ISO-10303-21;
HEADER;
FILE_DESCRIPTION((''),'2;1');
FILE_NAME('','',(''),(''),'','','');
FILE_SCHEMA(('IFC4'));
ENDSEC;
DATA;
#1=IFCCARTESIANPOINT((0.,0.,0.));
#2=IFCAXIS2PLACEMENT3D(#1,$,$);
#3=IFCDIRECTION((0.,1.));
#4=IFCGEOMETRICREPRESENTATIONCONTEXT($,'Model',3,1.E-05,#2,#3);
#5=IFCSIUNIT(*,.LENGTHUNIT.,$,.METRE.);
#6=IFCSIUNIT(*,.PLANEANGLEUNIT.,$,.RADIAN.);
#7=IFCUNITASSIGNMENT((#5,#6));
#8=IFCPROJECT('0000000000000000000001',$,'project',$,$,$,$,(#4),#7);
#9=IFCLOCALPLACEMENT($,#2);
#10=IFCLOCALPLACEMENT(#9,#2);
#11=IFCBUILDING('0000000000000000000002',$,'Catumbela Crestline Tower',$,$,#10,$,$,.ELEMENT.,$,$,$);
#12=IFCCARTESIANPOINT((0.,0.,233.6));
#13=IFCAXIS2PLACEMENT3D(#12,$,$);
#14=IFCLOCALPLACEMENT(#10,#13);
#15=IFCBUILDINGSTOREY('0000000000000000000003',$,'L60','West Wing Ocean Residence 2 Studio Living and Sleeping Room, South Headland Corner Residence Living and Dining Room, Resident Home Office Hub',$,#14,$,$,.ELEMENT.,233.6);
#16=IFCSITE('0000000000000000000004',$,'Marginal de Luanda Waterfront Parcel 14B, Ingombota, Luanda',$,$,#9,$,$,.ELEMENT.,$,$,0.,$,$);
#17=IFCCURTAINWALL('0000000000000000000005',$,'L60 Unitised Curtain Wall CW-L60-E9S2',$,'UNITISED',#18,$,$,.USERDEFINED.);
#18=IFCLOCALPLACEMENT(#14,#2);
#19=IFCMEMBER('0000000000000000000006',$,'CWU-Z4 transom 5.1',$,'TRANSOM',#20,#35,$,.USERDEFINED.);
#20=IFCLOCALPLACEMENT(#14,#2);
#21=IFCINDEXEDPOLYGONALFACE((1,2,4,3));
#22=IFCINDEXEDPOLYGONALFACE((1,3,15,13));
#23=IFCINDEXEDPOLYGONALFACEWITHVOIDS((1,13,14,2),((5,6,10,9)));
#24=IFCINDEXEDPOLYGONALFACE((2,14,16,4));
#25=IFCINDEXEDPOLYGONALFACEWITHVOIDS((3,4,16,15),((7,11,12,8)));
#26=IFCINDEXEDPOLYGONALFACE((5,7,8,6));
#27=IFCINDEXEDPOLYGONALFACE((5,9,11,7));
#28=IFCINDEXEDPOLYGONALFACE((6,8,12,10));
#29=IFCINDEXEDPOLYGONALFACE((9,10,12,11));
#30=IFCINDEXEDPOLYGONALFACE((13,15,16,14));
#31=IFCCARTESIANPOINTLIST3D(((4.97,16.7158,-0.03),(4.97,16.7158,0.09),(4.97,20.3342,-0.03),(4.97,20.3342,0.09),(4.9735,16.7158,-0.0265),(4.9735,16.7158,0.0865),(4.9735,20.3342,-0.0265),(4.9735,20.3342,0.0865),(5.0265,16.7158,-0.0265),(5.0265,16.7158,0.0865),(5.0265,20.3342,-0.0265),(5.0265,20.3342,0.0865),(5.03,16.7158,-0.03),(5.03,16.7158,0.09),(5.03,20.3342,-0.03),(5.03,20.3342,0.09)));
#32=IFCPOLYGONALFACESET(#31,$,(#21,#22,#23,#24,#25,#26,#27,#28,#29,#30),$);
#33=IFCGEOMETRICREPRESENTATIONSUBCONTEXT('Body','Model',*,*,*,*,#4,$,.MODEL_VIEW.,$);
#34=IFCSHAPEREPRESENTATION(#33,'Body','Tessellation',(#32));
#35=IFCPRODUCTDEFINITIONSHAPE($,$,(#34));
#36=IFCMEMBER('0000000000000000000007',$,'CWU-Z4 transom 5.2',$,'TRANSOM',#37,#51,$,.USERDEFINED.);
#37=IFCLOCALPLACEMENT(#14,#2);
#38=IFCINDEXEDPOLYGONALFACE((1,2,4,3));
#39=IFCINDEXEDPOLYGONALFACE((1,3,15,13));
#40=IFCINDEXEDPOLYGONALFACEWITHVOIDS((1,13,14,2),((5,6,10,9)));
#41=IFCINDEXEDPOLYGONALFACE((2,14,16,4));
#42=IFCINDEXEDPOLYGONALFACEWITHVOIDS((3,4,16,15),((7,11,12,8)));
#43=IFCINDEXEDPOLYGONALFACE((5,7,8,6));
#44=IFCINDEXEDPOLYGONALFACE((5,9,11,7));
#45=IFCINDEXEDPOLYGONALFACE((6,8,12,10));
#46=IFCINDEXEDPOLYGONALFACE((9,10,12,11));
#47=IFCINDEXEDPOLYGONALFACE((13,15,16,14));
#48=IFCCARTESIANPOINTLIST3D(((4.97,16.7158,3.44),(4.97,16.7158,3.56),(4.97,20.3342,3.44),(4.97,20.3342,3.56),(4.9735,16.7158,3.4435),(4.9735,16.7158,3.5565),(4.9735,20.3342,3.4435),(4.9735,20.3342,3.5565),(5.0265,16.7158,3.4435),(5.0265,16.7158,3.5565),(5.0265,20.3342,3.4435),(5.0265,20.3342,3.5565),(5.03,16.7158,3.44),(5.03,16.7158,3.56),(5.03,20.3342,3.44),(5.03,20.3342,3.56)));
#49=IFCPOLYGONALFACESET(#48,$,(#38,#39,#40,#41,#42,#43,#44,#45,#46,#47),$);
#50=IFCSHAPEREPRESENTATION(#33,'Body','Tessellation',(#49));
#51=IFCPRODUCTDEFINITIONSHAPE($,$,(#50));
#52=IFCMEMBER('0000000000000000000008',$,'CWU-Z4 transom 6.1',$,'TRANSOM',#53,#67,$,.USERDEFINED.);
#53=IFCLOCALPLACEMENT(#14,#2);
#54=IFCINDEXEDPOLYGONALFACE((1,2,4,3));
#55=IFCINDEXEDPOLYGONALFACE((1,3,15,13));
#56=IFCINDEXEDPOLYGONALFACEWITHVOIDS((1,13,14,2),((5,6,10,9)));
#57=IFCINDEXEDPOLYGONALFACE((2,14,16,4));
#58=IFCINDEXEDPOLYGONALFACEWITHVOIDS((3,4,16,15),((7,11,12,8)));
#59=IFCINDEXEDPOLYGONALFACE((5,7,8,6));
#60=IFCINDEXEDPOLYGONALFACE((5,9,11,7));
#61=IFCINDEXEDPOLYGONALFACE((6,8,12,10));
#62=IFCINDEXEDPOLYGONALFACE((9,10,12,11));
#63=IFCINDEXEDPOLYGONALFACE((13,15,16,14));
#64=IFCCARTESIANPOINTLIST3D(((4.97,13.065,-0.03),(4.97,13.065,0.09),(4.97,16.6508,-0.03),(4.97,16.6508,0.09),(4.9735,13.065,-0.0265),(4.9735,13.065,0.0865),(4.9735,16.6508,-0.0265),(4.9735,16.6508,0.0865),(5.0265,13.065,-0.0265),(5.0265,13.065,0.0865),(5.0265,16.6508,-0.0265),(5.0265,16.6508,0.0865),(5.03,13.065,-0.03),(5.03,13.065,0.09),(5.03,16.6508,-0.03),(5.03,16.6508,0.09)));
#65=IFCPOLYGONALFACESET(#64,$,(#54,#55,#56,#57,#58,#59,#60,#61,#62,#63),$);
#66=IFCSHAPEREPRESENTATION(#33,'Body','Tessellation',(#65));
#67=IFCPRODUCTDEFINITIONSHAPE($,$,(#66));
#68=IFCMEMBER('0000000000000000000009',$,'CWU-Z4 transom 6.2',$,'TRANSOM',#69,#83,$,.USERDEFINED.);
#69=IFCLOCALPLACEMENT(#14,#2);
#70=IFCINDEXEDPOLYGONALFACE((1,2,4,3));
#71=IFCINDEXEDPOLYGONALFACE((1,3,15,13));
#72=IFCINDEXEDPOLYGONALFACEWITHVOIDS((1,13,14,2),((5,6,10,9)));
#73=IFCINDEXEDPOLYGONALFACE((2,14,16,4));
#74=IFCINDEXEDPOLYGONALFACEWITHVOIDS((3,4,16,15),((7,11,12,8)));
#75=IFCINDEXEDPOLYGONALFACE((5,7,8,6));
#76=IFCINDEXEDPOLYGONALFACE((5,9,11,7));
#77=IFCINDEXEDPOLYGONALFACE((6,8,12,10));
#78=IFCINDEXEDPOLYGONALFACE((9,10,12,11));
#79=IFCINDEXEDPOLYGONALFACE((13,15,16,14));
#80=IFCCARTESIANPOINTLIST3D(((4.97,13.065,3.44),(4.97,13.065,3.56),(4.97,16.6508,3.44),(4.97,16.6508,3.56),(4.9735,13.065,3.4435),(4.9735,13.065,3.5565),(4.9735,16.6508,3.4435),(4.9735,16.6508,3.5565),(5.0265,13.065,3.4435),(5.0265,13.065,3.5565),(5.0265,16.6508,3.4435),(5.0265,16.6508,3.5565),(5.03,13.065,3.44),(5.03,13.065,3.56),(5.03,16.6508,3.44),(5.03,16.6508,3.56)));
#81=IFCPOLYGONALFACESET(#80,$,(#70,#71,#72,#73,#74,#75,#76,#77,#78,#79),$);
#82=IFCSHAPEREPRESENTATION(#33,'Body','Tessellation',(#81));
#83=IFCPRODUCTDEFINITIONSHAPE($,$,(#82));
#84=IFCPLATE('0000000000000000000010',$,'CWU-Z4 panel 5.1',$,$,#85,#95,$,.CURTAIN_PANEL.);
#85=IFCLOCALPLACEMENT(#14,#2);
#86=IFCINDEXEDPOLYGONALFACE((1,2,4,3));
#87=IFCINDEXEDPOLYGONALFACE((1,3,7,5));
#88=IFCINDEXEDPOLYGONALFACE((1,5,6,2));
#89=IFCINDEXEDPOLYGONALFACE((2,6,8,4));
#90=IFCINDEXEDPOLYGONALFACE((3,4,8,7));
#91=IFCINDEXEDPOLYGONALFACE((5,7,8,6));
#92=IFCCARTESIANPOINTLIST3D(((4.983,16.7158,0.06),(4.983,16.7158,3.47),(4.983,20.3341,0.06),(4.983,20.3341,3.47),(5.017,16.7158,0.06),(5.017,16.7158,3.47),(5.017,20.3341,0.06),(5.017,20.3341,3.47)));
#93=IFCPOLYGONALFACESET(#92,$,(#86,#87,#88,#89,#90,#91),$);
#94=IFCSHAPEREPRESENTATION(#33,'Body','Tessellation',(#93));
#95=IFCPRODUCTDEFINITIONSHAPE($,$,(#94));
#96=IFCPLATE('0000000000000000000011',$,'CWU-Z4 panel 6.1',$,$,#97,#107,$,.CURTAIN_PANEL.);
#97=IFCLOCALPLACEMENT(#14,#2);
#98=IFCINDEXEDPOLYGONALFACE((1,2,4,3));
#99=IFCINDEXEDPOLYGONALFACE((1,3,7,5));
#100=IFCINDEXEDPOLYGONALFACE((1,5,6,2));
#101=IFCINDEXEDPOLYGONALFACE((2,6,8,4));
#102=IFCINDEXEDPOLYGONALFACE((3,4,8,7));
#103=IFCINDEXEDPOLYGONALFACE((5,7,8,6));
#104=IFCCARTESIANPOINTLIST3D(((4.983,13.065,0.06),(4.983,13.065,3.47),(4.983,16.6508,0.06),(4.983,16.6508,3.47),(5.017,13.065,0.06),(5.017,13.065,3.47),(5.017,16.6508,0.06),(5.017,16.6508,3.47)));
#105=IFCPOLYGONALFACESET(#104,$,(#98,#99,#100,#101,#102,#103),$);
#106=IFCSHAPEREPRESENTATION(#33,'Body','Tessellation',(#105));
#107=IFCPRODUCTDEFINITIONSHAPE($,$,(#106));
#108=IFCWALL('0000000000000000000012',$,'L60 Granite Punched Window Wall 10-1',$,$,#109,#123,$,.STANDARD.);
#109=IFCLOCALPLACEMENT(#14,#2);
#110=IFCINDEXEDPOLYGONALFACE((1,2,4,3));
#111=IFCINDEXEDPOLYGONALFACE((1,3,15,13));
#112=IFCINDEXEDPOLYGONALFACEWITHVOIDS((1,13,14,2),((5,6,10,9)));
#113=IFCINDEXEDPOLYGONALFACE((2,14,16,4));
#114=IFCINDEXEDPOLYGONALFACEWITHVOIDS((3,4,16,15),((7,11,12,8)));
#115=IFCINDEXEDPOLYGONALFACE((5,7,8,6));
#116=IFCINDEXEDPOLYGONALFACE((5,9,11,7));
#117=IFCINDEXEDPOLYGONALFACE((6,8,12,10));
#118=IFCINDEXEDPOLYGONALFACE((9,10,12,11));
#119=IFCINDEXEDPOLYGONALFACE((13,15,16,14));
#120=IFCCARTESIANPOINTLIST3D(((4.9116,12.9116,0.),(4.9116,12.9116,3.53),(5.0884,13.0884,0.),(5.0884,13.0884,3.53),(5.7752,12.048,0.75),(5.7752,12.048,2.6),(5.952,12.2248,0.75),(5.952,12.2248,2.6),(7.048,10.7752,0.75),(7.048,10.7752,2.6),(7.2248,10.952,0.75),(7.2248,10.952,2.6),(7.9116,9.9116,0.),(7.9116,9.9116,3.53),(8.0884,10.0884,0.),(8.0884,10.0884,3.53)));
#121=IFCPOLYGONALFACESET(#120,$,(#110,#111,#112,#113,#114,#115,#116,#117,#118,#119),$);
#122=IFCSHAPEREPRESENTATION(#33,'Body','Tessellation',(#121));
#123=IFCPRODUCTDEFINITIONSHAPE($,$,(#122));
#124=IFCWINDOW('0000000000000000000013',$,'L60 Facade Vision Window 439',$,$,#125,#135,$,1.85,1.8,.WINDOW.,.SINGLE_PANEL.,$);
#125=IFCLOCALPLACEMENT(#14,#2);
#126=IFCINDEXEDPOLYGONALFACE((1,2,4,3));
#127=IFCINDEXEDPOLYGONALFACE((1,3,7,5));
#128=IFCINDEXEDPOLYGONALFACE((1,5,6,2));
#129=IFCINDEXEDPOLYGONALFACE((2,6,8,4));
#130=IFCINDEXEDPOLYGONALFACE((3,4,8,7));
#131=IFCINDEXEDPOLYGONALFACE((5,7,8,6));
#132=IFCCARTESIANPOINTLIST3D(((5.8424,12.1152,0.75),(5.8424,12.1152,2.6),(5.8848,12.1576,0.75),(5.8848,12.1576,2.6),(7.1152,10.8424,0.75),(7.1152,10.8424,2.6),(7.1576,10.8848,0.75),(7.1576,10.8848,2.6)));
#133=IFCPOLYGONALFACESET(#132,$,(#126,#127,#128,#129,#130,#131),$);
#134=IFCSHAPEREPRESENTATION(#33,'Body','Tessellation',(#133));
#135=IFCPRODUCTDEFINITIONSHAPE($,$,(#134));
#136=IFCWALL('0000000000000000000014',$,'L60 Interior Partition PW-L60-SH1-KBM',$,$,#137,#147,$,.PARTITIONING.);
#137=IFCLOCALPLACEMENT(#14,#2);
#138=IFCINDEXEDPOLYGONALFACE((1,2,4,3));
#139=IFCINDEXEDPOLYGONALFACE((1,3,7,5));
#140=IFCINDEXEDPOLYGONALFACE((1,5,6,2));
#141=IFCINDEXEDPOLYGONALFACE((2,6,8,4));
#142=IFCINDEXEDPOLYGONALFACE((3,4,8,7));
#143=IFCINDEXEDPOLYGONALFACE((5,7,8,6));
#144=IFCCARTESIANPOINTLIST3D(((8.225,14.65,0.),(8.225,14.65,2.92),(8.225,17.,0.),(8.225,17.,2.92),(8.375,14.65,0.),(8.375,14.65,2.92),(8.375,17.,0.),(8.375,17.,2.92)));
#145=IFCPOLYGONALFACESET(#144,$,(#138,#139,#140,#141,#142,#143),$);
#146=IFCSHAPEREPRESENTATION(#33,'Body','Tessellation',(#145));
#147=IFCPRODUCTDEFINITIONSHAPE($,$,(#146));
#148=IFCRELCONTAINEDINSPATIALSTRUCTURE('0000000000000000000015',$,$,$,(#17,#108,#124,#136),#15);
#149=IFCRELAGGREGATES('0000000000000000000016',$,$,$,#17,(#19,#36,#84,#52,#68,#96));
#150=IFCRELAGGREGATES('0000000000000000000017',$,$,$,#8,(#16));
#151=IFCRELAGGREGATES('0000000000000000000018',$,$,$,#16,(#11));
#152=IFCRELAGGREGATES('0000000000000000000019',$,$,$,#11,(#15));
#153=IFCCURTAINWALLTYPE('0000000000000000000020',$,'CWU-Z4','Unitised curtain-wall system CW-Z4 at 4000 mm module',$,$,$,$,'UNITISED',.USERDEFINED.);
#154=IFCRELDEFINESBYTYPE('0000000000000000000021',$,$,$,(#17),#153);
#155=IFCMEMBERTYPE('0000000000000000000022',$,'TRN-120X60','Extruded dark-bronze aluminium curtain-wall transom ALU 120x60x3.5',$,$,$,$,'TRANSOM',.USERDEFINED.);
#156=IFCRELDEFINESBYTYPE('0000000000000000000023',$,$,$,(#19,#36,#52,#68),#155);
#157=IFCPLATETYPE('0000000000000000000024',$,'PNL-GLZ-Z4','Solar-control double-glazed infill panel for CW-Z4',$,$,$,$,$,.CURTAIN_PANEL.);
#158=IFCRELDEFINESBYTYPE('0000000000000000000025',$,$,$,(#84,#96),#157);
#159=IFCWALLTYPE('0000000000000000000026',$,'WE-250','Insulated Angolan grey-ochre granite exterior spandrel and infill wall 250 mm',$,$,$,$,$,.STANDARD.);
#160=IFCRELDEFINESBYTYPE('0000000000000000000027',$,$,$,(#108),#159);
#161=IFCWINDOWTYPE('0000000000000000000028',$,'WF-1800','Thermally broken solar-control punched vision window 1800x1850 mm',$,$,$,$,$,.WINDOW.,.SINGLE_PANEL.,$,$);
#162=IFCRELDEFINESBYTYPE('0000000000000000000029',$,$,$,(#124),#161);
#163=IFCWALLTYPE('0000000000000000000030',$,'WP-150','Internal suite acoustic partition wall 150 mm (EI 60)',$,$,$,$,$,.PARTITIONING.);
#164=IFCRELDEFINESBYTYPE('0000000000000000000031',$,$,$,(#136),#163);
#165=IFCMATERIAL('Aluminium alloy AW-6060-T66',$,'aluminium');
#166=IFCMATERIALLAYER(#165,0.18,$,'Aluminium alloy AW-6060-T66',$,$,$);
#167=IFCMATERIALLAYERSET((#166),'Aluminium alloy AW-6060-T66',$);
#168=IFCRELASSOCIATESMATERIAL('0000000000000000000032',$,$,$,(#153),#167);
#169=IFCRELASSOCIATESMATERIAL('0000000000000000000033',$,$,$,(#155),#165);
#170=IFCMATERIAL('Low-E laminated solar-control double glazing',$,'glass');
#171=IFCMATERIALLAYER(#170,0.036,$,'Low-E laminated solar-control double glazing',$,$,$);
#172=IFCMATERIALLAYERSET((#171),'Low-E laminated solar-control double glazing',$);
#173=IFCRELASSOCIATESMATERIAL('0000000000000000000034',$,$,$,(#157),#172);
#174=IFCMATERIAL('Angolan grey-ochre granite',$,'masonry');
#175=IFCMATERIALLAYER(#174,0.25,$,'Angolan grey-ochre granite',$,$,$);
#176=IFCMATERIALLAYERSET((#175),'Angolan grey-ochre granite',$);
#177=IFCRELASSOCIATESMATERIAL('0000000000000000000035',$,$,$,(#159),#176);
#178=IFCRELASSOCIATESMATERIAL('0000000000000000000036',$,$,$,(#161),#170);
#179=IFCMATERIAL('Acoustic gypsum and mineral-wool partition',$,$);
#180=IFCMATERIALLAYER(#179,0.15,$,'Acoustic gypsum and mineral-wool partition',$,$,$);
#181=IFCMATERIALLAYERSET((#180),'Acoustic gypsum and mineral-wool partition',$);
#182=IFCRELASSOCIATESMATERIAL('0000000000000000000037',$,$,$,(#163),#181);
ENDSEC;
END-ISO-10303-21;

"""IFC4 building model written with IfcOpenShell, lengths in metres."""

from ifc_helpers import new_model, si_unit, direction, frame, frame_2d, origin, origin_2d, place, context, subcontext, project, spatial, rectangle, hollow_rectangle, extrude, material, layer, layer_set, material_profile, profile_set, type_object, element, fill, aggregate, save


model = new_model("IFC4")

# Units and contexts
model_context = context("Model", 3, precision=1e-05, world=origin(), true_north=direction((0.0, 1.0)))
body_context = subcontext(model_context, "Body", "Model", "MODEL_VIEW")
ifc_project = project(units=[si_unit("LENGTHUNIT", "METRE"), si_unit("PLANEANGLEUNIT", "RADIAN")], contexts=[model_context])

# Site, building, storey
site_placement = place(None, origin())
site = spatial("IfcSite", under=ifc_project, at=site_placement, Name="Marginal de Luanda Waterfront Parcel 14B, Ingombota, Luanda", CompositionType="ELEMENT", RefElevation=0.0)
building_placement = place(site_placement, origin())
building = spatial("IfcBuilding", under=site, at=building_placement, Name="Catumbela Crestline Tower", CompositionType="ELEMENT")
storey_placement = place(building_placement, frame((0.0, 0.0, 233.6)))
storey = spatial("IfcBuildingStorey", under=building, at=storey_placement, Name="L60", Description="West Wing Ocean Residence 2 Studio Living and Sleeping Room, South Headland Corner Residence Living and Dining Room, Resident Home Office Hub", CompositionType="ELEMENT", Elevation=233.6)

# Curtain wall, members, plates
ifc_material_1 = material(Name="Aluminium alloy AW-6060-T66", Category="aluminium")
ifc_layer_1 = layer(ifc_material_1, 0.18, Name="Aluminium alloy AW-6060-T66")
ifc_layer_set_1 = layer_set([ifc_layer_1], Name="Aluminium alloy AW-6060-T66")
curtain_wall_type = type_object("IfcCurtainWallType", Name="CWU-Z4", Description="Unitised curtain-wall system CW-Z4 at 4000 mm module", ElementType="UNITISED", PredefinedType="USERDEFINED", material=ifc_layer_set_1)
curtain_wall_placement = place(storey_placement, origin())
curtain_wall = element("IfcCurtainWall", 1, at=curtain_wall_placement, inside=storey, type_object=curtain_wall_type, Name="L60 Unitised Curtain Wall CW-L60-E9S2", ObjectType="UNITISED", PredefinedType="USERDEFINED")
ifc_material_profile_1 = material_profile(ifc_material_1, hollow_rectangle(XDim=0.06, YDim=0.12, WallThickness=0.0035, at=origin_2d()), Name="ALU 120x60x3.5")
ifc_profile_set_1 = profile_set([ifc_material_profile_1], Name="Aluminium alloy AW-6060-T66")
member_type_1 = type_object("IfcMemberType", Name="TRN-120X60", Description="Extruded dark-bronze aluminium curtain-wall transom ALU 120x60x3.5", ElementType="TRANSOM", PredefinedType="USERDEFINED", material=ifc_profile_set_1)
member_1_placement = place(storey_placement, frame((5.0, 20.3342, 0.03), z_axis=(0.0, -1.0, 0.0), x_axis=(1.0, 0.0, 0.0)))
member_1 = element("IfcMember", 2, at=member_1_placement, type_object=member_type_1, Name="CWU-Z4 transom 5.1", ObjectType="TRANSOM", PredefinedType="USERDEFINED", context=body_context, shape_type="SweptSolid", body=[
    extrude(hollow_rectangle(XDim=0.06, YDim=0.12, WallThickness=0.0035, at=origin_2d()), origin(), (0.0, 0.0, 1.0), 3.6184),
])
member_2_placement = place(storey_placement, frame((5.0, 20.3342, 3.5), z_axis=(0.0, -1.0, 0.0), x_axis=(1.0, 0.0, 0.0)))
member_2 = element("IfcMember", 3, at=member_2_placement, type_object=member_type_1, Name="CWU-Z4 transom 5.2", ObjectType="TRANSOM", PredefinedType="USERDEFINED", context=body_context, shape_type="SweptSolid", body=[
    extrude(hollow_rectangle(XDim=0.06, YDim=0.12, WallThickness=0.0035, at=origin_2d()), origin(), (0.0, 0.0, 1.0), 3.6184),
])
member_3_placement = place(storey_placement, frame((5.0, 16.6508, 0.03), z_axis=(0.0, -1.0, 0.0), x_axis=(1.0, 0.0, 0.0)))
member_3 = element("IfcMember", 4, at=member_3_placement, type_object=member_type_1, Name="CWU-Z4 transom 6.1", ObjectType="TRANSOM", PredefinedType="USERDEFINED", context=body_context, shape_type="SweptSolid", body=[
    extrude(hollow_rectangle(XDim=0.06, YDim=0.12, WallThickness=0.0035, at=origin_2d()), origin(), (0.0, 0.0, 1.0), 3.5858),
])
member_4_placement = place(storey_placement, frame((5.0, 16.6508, 3.5), z_axis=(0.0, -1.0, 0.0), x_axis=(1.0, 0.0, 0.0)))
member_4 = element("IfcMember", 5, at=member_4_placement, type_object=member_type_1, Name="CWU-Z4 transom 6.2", ObjectType="TRANSOM", PredefinedType="USERDEFINED", context=body_context, shape_type="SweptSolid", body=[
    extrude(hollow_rectangle(XDim=0.06, YDim=0.12, WallThickness=0.0035, at=origin_2d()), origin(), (0.0, 0.0, 1.0), 3.5858),
])
ifc_material_2 = material(Name="Low-E laminated solar-control double glazing", Category="glass")
ifc_layer_2 = layer(ifc_material_2, 0.036, Name="Low-E laminated solar-control double glazing")
ifc_layer_set_2 = layer_set([ifc_layer_2], Name="Low-E laminated solar-control double glazing")
plate_type = type_object("IfcPlateType", Name="PNL-GLZ-Z4", Description="Solar-control double-glazed infill panel for CW-Z4", PredefinedType="CURTAIN_PANEL", material=ifc_layer_set_2)
plate_1_placement = place(storey_placement, frame((5.0, 18.525, 0.06), z_axis=(0.0, 0.0, 1.0), x_axis=(0.0, -1.0, 0.0)))
plate_1 = element("IfcPlate", 6, at=plate_1_placement, type_object=plate_type, Name="CWU-Z4 panel 5.1", PredefinedType="CURTAIN_PANEL", context=body_context, shape_type="SweptSolid", body=[
    extrude(rectangle(XDim=3.6183, YDim=0.034, at=origin_2d()), origin(), (0.0, 0.0, 1.0), 3.41),
])
plate_2_placement = place(storey_placement, frame((5.0, 14.8579, 0.06), z_axis=(0.0, 0.0, 1.0), x_axis=(0.0, -1.0, 0.0)))
plate_2 = element("IfcPlate", 7, at=plate_2_placement, type_object=plate_type, Name="CWU-Z4 panel 6.1", PredefinedType="CURTAIN_PANEL", context=body_context, shape_type="SweptSolid", body=[
    extrude(rectangle(XDim=3.5858, YDim=0.034, at=origin_2d()), origin(), (0.0, 0.0, 1.0), 3.41),
])
aggregate(curtain_wall, [member_1, member_2, plate_1, member_3, member_4, plate_2])

# Wall, opening, window
ifc_material_3 = material(Name="Angolan grey-ochre granite", Category="masonry")
ifc_layer_3 = layer(ifc_material_3, 0.25, Name="Angolan grey-ochre granite")
ifc_layer_set_3 = layer_set([ifc_layer_3], Name="Angolan grey-ochre granite")
wall_type_1 = type_object("IfcWallType", Name="WE-250", Description="Insulated Angolan grey-ochre granite exterior spandrel and infill wall 250 mm", PredefinedType="STANDARD", material=ifc_layer_set_3)
wall_1_placement = place(storey_placement, frame((5.0, 13.0, 0.0), z_axis=(0.0, 0.0, 1.0), x_axis=(0.707107, -0.707107, 0.0)))
wall_1 = element("IfcWall", 8, at=wall_1_placement, inside=storey, type_object=wall_type_1, Name="L60 Granite Punched Window Wall 10-1", PredefinedType="STANDARD", context=body_context, shape_type="SweptSolid", body=[
    extrude(rectangle(XDim=4.2426, YDim=0.25, at=frame_2d((2.1213, 0.0))), origin(), (0.0, 0.0, 1.0), 3.53),
])
opening_1_placement = place(wall_1_placement, frame((1.2213, 0.0, 0.75)))
opening_1 = element("IfcOpeningElement", 9, at=opening_1_placement, cuts=wall_1, PredefinedType="OPENING", context=body_context, shape_type="SweptSolid", body=[
    extrude(rectangle(XDim=1.8, YDim=1.85, at=frame_2d((0.9, 0.925))), frame((0.0, 0.135, 0.0), z_axis=(0.0, -1.0, 0.0), x_axis=(1.0, 0.0, 0.0)), (0.0, 0.0, 1.0), 0.27),
])
window_type = type_object("IfcWindowType", Name="WF-1800", Description="Thermally broken solar-control punched vision window 1800x1850 mm", PartitioningType="SINGLE_PANEL", PredefinedType="WINDOW", material=ifc_material_2)
window_placement = place(opening_1_placement, origin())
window = element("IfcWindow", 10, at=window_placement, inside=storey, type_object=window_type, Name="L60 Facade Vision Window 439", OverallHeight=1.85, OverallWidth=1.8, PartitioningType="SINGLE_PANEL", PredefinedType="WINDOW", context=body_context, shape_type="SweptSolid", body=[
    extrude(rectangle(XDim=1.8, YDim=1.85, at=frame_2d((0.9, 0.925))), frame((0.0, 0.03, 0.0), z_axis=(0.0, -1.0, 0.0), x_axis=(1.0, 0.0, 0.0)), (0.0, 0.0, 1.0), 0.06),
])
fill(opening_1, window)

# Wall
ifc_material_4 = material(Name="Acoustic gypsum and mineral-wool partition")
ifc_layer_4 = layer(ifc_material_4, 0.15, Name="Acoustic gypsum and mineral-wool partition")
ifc_layer_set_4 = layer_set([ifc_layer_4], Name="Acoustic gypsum and mineral-wool partition")
wall_type_2 = type_object("IfcWallType", Name="WP-150", Description="Internal suite acoustic partition wall 150 mm (EI 60)", PredefinedType="PARTITIONING", material=ifc_layer_set_4)
wall_2_placement = place(storey_placement, frame((8.3, 14.65, 0.0), z_axis=(0.0, 0.0, 1.0), x_axis=(0.0, 1.0, 0.0)))
element("IfcWall", 11, at=wall_2_placement, inside=storey, type_object=wall_type_2, Name="L60 Interior Partition PW-L60-SH1-KBM", PredefinedType="PARTITIONING", context=body_context, shape_type="SweptSolid", body=[
    extrude(rectangle(XDim=2.35, YDim=0.15, at=frame_2d((1.175, 0.0))), origin(), (0.0, 0.0, 1.0), 2.92),
])

save(model, "model.ifc")
